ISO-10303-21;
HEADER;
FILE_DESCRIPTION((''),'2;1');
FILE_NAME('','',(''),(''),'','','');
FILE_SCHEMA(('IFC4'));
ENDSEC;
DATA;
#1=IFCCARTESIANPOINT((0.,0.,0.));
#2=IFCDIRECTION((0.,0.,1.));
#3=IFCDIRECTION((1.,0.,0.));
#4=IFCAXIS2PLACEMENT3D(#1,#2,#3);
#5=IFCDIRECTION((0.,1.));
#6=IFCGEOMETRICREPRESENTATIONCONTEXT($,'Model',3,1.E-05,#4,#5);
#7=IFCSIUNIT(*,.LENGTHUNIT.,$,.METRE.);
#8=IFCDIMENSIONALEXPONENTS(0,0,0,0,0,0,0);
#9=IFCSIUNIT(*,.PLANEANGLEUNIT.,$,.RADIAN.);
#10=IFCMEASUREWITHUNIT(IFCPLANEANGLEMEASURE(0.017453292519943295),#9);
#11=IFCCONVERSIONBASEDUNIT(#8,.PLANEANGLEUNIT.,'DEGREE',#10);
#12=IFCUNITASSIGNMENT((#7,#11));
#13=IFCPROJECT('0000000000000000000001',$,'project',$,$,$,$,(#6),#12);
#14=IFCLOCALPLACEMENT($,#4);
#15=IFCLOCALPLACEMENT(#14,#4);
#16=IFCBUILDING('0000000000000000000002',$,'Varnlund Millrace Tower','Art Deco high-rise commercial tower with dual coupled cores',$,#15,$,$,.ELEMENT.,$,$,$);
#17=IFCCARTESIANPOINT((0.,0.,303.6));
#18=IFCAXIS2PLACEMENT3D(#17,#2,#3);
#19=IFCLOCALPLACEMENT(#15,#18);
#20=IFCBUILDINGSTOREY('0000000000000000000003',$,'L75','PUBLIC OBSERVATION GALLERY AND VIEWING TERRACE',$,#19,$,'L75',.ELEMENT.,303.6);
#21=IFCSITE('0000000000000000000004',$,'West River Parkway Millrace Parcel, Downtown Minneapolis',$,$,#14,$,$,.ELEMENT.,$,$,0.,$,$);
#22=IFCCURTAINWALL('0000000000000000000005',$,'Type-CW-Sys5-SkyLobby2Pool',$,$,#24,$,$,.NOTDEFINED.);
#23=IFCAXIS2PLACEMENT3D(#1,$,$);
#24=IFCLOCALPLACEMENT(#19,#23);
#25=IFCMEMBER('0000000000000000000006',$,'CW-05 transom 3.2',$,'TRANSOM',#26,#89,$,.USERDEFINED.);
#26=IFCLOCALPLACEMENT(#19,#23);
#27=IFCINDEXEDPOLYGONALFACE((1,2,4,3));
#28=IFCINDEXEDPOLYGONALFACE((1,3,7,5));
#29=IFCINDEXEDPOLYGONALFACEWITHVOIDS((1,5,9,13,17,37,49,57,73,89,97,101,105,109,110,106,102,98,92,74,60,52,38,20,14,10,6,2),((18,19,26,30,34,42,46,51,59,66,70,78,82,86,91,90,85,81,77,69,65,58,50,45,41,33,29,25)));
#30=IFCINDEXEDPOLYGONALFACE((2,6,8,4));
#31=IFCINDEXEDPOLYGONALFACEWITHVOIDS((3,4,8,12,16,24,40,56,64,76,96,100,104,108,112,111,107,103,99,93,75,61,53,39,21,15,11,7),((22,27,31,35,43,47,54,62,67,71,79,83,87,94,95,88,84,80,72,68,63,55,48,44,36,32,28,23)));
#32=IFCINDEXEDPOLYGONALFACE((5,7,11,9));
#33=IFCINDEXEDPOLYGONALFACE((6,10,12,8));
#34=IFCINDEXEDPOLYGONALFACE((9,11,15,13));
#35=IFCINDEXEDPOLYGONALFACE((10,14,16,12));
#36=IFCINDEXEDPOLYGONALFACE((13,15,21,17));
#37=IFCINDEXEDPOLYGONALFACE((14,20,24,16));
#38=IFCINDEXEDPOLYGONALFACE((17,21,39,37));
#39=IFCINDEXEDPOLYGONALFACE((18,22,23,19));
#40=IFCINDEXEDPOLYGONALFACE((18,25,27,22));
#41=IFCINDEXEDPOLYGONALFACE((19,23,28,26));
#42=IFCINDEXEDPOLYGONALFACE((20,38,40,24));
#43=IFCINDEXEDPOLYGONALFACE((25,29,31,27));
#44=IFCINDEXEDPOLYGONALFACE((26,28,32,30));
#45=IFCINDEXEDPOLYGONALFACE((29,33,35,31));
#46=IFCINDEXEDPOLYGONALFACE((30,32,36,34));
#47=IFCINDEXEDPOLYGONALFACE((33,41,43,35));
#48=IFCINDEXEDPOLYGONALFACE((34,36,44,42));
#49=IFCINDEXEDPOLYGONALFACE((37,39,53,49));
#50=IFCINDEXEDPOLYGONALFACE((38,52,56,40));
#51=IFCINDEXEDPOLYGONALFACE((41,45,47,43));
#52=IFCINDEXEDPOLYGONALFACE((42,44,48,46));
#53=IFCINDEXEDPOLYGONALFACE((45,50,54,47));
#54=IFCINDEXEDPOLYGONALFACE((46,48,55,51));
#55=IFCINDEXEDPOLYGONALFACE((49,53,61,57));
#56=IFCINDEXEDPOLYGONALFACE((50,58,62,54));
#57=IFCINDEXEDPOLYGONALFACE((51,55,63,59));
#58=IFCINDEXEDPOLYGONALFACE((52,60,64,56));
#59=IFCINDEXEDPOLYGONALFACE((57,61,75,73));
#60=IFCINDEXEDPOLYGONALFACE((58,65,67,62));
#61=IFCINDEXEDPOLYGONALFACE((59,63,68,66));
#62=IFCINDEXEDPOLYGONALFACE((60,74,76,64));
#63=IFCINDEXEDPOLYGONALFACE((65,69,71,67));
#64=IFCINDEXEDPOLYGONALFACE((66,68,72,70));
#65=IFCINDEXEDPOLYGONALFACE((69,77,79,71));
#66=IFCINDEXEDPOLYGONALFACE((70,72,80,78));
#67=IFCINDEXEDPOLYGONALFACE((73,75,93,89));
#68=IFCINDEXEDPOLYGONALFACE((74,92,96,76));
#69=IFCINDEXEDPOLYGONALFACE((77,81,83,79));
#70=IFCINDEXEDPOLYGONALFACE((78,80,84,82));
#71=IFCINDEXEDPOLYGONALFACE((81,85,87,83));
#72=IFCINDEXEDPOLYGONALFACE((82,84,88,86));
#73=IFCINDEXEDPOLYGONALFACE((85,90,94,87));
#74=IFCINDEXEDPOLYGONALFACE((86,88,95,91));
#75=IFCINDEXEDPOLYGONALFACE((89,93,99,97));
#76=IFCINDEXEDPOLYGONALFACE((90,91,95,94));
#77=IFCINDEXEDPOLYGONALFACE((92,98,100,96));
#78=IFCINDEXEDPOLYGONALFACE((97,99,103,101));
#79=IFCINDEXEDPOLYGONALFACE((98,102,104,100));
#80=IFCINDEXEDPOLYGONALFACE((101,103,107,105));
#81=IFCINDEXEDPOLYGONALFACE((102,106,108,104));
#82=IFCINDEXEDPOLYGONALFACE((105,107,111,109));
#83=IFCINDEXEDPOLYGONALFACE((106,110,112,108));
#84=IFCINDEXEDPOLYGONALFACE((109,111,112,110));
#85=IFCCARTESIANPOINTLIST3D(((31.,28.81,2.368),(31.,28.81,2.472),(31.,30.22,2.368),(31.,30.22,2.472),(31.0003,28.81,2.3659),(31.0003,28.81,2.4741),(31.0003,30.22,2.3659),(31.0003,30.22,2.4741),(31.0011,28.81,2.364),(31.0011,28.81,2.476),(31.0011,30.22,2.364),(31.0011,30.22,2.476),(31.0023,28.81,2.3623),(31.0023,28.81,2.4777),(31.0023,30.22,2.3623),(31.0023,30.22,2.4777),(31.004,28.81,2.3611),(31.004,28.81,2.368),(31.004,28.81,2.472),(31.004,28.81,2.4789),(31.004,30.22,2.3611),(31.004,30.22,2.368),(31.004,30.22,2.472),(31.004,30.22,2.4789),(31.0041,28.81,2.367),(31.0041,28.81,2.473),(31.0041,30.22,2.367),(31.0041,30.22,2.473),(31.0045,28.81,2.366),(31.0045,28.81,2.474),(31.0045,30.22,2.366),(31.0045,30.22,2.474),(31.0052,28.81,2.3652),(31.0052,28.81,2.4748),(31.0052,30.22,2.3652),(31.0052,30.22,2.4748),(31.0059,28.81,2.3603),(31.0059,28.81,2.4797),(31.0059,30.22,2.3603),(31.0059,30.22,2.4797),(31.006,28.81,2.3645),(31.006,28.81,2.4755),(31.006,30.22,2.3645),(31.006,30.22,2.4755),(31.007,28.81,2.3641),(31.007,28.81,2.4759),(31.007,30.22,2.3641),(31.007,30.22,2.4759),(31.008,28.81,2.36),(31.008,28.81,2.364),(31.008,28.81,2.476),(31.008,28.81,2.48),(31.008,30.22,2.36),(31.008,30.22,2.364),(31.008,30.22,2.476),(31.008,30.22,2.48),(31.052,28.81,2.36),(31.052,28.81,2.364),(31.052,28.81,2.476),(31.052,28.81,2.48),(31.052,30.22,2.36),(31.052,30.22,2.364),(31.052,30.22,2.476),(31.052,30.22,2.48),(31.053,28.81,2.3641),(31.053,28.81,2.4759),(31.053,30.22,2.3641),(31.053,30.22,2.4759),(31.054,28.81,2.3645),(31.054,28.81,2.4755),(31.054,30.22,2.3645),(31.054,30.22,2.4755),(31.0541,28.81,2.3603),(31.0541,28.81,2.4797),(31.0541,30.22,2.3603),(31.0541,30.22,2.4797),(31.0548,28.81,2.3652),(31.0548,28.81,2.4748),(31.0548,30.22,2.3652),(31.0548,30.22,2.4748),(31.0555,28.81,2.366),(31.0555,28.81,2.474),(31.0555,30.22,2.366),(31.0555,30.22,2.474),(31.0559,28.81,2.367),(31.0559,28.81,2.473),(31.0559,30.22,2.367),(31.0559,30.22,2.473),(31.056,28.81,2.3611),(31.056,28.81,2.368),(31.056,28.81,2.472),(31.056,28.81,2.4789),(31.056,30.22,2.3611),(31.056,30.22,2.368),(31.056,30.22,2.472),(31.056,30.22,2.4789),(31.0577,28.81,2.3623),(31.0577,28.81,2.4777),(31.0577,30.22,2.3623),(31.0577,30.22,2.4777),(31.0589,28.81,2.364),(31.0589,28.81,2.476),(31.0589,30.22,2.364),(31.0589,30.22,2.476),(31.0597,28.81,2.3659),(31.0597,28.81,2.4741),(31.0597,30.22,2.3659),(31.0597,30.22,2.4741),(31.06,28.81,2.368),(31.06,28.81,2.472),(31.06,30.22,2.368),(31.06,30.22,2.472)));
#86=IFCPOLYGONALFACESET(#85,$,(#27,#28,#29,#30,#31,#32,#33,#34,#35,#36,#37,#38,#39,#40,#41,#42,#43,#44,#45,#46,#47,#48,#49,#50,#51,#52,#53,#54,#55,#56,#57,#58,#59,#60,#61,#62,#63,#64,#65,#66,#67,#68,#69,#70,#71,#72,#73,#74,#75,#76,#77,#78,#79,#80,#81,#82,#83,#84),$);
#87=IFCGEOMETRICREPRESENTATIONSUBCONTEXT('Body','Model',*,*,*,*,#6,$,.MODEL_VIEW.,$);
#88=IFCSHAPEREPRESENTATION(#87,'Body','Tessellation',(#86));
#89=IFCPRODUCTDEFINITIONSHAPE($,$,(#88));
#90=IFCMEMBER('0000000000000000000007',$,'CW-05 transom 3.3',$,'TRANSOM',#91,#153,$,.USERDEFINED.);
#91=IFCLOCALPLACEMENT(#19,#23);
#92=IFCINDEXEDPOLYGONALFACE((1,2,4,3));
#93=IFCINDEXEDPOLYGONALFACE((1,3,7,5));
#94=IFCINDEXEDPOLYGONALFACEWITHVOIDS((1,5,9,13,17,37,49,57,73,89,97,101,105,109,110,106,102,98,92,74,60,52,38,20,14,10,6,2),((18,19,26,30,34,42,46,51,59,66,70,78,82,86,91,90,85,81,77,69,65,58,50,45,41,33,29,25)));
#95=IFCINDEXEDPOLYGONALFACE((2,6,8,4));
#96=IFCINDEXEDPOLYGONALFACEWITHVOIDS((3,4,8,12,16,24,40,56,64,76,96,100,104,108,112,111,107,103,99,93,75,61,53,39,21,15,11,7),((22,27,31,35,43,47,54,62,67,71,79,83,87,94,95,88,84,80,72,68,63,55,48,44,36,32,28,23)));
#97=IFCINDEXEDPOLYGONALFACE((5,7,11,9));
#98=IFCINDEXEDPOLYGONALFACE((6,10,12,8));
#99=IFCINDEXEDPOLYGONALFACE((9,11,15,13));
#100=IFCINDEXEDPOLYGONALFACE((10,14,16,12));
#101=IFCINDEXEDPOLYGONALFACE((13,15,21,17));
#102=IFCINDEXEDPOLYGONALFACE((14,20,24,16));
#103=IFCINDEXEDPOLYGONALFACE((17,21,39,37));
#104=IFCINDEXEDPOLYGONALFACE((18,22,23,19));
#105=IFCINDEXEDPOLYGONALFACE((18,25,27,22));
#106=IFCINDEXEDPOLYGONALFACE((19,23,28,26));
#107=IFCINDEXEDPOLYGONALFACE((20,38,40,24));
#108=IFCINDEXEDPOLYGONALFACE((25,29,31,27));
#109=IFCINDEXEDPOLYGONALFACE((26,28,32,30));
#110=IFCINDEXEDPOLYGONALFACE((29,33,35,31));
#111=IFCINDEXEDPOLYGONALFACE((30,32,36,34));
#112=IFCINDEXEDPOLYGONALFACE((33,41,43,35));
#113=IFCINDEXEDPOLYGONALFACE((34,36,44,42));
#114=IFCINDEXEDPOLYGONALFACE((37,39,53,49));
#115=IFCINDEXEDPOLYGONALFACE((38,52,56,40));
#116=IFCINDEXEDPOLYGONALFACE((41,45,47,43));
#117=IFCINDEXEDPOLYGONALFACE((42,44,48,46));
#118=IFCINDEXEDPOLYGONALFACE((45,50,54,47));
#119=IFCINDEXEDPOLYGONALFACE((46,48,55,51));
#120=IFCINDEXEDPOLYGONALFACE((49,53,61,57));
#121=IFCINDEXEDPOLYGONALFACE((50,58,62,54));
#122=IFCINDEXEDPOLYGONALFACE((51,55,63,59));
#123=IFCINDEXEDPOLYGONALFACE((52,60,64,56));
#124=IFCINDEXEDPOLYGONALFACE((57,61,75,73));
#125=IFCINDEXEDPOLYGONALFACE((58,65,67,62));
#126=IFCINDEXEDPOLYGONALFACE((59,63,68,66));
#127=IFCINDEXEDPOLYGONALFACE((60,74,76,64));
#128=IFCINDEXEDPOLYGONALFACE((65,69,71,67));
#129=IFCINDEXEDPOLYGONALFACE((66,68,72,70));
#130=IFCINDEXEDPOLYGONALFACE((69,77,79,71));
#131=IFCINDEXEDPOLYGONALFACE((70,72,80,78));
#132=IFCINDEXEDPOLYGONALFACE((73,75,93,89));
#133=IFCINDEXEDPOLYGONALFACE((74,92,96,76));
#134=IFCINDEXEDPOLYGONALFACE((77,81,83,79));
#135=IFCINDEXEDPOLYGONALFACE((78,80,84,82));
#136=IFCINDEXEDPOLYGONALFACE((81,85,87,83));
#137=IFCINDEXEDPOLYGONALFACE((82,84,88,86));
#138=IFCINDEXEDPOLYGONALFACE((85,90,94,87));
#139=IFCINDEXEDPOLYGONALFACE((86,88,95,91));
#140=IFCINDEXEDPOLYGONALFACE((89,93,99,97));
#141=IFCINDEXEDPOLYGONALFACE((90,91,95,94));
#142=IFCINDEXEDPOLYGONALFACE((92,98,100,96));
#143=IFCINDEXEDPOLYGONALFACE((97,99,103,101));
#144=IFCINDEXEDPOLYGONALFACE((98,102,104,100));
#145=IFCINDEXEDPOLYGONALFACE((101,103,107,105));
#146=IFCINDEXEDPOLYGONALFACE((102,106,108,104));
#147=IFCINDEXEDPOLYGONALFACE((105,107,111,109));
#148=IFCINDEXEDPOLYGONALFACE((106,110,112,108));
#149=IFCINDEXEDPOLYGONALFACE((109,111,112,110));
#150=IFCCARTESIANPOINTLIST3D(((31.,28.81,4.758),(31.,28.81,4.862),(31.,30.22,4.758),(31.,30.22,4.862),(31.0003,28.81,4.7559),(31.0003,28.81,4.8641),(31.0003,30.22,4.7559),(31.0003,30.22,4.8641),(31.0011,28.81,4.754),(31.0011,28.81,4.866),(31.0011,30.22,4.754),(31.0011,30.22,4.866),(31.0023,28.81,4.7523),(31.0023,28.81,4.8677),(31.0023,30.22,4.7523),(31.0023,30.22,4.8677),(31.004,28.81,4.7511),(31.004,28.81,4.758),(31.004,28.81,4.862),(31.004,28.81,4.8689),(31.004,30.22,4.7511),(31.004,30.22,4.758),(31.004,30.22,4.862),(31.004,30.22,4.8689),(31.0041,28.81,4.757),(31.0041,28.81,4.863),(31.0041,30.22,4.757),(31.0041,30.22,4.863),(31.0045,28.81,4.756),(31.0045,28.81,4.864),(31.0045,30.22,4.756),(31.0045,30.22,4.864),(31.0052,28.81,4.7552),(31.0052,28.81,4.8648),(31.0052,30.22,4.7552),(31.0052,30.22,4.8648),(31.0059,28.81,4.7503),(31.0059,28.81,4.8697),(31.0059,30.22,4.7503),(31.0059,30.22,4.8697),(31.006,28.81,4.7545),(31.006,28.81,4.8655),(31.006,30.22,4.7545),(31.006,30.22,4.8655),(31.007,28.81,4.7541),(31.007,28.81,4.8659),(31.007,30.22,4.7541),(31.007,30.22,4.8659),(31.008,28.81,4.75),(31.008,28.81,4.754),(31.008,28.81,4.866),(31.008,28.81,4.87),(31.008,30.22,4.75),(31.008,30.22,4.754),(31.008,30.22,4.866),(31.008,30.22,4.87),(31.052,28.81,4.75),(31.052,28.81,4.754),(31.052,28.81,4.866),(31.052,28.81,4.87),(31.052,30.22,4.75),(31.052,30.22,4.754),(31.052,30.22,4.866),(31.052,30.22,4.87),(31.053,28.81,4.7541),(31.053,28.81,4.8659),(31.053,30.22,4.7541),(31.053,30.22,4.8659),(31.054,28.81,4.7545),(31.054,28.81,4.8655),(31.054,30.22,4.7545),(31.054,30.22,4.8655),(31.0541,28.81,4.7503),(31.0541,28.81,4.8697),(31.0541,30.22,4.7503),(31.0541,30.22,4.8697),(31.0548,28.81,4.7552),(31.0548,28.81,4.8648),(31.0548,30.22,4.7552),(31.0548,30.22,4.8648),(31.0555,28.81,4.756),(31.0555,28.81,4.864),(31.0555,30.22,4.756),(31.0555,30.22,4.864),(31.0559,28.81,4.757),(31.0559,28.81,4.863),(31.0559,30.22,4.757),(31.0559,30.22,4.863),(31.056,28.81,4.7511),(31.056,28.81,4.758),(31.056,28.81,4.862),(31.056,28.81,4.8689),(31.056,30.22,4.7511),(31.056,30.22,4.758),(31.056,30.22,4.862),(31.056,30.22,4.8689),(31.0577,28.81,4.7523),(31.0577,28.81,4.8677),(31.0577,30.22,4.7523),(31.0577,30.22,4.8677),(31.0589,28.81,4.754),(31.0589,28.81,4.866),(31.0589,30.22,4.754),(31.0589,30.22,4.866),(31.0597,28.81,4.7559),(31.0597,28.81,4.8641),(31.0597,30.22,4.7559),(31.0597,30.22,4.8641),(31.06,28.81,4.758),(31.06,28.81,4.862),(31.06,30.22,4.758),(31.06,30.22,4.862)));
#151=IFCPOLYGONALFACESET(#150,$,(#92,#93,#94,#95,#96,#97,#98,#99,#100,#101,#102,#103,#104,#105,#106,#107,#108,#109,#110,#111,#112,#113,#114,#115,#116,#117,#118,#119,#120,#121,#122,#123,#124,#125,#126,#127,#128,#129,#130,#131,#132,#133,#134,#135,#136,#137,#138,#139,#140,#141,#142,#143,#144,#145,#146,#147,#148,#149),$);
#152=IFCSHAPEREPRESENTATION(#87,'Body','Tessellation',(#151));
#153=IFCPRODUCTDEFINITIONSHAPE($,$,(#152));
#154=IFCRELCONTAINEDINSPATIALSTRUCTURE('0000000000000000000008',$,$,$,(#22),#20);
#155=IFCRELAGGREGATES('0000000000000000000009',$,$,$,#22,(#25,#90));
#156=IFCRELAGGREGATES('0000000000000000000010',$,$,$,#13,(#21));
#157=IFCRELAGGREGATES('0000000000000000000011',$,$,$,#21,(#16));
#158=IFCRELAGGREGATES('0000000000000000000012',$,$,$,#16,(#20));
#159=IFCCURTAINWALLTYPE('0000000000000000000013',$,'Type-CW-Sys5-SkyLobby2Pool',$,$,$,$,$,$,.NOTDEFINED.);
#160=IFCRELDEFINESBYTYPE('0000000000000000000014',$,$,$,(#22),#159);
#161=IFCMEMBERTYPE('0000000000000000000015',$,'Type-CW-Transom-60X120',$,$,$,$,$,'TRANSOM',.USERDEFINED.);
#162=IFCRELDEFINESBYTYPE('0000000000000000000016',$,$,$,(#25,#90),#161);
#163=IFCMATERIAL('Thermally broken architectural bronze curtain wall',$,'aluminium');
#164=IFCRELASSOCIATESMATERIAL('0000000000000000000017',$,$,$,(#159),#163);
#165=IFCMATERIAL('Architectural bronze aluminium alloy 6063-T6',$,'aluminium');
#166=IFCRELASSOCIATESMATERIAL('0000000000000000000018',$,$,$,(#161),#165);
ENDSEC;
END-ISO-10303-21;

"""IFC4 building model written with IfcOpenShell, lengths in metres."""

from ifc_helpers import new_model, entity, si_unit, converted_unit, direction, frame, origin_with_axes, origin_2d_with_axis, place, context, subcontext, project, spatial, hollow_rectangle, extrude, material, material_profile, profile_set, type_object, element, aggregate, save


model = new_model("IFC4")

# Units and contexts
model_context = context("Model", 3, precision=1e-05, world=origin_with_axes(), true_north=direction((0.0, 1.0)))
body_context = subcontext(model_context, "Body", "Model", "MODEL_VIEW")
ifc_project = project(units=[si_unit("LENGTHUNIT", "METRE"), converted_unit("PLANEANGLEUNIT", "DEGREE", entity("IfcPlaneAngleMeasure", 0.017453292519943295), si_unit("PLANEANGLEUNIT", "RADIAN"), dimensions=[0, 0, 0, 0, 0, 0, 0])], contexts=[model_context])

# Site, building, storey
site_placement = place(None, origin_with_axes())
site = spatial("IfcSite", under=ifc_project, at=site_placement, Name="West River Parkway Millrace Parcel, Downtown Minneapolis", CompositionType="ELEMENT", RefElevation=0.0)
building_placement = place(site_placement, origin_with_axes())
building = spatial("IfcBuilding", under=site, at=building_placement, Name="Varnlund Millrace Tower", Description="Art Deco high-rise commercial tower with dual coupled cores", CompositionType="ELEMENT")
storey_placement = place(building_placement, frame((0.0, 0.0, 303.6), z_axis=(0.0, 0.0, 1.0), x_axis=(1.0, 0.0, 0.0)))
storey = spatial("IfcBuildingStorey", under=building, at=storey_placement, Name="L75", Description="PUBLIC OBSERVATION GALLERY AND VIEWING TERRACE", LongName="L75", CompositionType="ELEMENT", Elevation=303.6)

# Curtain wall, members
ifc_material_1 = material(Name="Thermally broken architectural bronze curtain wall", Category="aluminium")
curtain_wall_type = type_object("IfcCurtainWallType", Name="Type-CW-Sys5-SkyLobby2Pool", PredefinedType="NOTDEFINED", material=ifc_material_1)
curtain_wall_1_placement = place(storey_placement, frame((31.03, 33.25, 0.0), z_axis=(0.0, 0.0, 1.0), x_axis=(1.0, 0.0, 0.0)))
curtain_wall_1 = element("IfcCurtainWall", 1, at=curtain_wall_1_placement, inside=storey, type_object=curtain_wall_type, Name="Type-CW-Sys5-SkyLobby2Pool", PredefinedType="NOTDEFINED")
ifc_material_2 = material(Name="Architectural bronze aluminium alloy 6063-T6", Category="aluminium")
ifc_material_profile_1 = material_profile(ifc_material_2, hollow_rectangle(XDim=0.06, YDim=0.12, WallThickness=0.004, InnerFilletRadius=0.004, OuterFilletRadius=0.008, at=origin_2d_with_axis()), Name="Architectural bronze aluminium alloy 6063-T6")
ifc_profile_set_1 = profile_set([ifc_material_profile_1], Name="Architectural bronze aluminium alloy 6063-T6")
member_type = type_object("IfcMemberType", Name="Type-CW-Transom-60X120", ElementType="TRANSOM", PredefinedType="USERDEFINED", material=ifc_profile_set_1)
member_1_placement = place(storey_placement, frame((31.03, 30.22, 2.42), z_axis=(0.0, -1.0, 0.0), x_axis=(1.0, 0.0, 0.0)))
member_1 = element("IfcMember", 2, at=member_1_placement, type_object=member_type, Name="CW-05 transom 3.2", ObjectType="TRANSOM", PredefinedType="USERDEFINED", context=body_context, shape_type="SweptSolid", body=[
    extrude(hollow_rectangle(XDim=0.06, YDim=0.12, WallThickness=0.004, InnerFilletRadius=0.004, OuterFilletRadius=0.008, at=origin_2d_with_axis()), origin_with_axes(), (0.0, 0.0, 1.0), 1.41),
])
member_2_placement = place(storey_placement, frame((31.03, 30.22, 4.81), z_axis=(0.0, -1.0, 0.0), x_axis=(1.0, 0.0, 0.0)))
member_2 = element("IfcMember", 3, at=member_2_placement, type_object=member_type, Name="CW-05 transom 3.3", ObjectType="TRANSOM", PredefinedType="USERDEFINED", context=body_context, shape_type="SweptSolid", body=[
    extrude(hollow_rectangle(XDim=0.06, YDim=0.12, WallThickness=0.004, InnerFilletRadius=0.004, OuterFilletRadius=0.008, at=origin_2d_with_axis()), origin_with_axes(), (0.0, 0.0, 1.0), 1.41),
])

aggregate(curtain_wall_1, [member_1, member_2])

save(model, "model.ifc")
